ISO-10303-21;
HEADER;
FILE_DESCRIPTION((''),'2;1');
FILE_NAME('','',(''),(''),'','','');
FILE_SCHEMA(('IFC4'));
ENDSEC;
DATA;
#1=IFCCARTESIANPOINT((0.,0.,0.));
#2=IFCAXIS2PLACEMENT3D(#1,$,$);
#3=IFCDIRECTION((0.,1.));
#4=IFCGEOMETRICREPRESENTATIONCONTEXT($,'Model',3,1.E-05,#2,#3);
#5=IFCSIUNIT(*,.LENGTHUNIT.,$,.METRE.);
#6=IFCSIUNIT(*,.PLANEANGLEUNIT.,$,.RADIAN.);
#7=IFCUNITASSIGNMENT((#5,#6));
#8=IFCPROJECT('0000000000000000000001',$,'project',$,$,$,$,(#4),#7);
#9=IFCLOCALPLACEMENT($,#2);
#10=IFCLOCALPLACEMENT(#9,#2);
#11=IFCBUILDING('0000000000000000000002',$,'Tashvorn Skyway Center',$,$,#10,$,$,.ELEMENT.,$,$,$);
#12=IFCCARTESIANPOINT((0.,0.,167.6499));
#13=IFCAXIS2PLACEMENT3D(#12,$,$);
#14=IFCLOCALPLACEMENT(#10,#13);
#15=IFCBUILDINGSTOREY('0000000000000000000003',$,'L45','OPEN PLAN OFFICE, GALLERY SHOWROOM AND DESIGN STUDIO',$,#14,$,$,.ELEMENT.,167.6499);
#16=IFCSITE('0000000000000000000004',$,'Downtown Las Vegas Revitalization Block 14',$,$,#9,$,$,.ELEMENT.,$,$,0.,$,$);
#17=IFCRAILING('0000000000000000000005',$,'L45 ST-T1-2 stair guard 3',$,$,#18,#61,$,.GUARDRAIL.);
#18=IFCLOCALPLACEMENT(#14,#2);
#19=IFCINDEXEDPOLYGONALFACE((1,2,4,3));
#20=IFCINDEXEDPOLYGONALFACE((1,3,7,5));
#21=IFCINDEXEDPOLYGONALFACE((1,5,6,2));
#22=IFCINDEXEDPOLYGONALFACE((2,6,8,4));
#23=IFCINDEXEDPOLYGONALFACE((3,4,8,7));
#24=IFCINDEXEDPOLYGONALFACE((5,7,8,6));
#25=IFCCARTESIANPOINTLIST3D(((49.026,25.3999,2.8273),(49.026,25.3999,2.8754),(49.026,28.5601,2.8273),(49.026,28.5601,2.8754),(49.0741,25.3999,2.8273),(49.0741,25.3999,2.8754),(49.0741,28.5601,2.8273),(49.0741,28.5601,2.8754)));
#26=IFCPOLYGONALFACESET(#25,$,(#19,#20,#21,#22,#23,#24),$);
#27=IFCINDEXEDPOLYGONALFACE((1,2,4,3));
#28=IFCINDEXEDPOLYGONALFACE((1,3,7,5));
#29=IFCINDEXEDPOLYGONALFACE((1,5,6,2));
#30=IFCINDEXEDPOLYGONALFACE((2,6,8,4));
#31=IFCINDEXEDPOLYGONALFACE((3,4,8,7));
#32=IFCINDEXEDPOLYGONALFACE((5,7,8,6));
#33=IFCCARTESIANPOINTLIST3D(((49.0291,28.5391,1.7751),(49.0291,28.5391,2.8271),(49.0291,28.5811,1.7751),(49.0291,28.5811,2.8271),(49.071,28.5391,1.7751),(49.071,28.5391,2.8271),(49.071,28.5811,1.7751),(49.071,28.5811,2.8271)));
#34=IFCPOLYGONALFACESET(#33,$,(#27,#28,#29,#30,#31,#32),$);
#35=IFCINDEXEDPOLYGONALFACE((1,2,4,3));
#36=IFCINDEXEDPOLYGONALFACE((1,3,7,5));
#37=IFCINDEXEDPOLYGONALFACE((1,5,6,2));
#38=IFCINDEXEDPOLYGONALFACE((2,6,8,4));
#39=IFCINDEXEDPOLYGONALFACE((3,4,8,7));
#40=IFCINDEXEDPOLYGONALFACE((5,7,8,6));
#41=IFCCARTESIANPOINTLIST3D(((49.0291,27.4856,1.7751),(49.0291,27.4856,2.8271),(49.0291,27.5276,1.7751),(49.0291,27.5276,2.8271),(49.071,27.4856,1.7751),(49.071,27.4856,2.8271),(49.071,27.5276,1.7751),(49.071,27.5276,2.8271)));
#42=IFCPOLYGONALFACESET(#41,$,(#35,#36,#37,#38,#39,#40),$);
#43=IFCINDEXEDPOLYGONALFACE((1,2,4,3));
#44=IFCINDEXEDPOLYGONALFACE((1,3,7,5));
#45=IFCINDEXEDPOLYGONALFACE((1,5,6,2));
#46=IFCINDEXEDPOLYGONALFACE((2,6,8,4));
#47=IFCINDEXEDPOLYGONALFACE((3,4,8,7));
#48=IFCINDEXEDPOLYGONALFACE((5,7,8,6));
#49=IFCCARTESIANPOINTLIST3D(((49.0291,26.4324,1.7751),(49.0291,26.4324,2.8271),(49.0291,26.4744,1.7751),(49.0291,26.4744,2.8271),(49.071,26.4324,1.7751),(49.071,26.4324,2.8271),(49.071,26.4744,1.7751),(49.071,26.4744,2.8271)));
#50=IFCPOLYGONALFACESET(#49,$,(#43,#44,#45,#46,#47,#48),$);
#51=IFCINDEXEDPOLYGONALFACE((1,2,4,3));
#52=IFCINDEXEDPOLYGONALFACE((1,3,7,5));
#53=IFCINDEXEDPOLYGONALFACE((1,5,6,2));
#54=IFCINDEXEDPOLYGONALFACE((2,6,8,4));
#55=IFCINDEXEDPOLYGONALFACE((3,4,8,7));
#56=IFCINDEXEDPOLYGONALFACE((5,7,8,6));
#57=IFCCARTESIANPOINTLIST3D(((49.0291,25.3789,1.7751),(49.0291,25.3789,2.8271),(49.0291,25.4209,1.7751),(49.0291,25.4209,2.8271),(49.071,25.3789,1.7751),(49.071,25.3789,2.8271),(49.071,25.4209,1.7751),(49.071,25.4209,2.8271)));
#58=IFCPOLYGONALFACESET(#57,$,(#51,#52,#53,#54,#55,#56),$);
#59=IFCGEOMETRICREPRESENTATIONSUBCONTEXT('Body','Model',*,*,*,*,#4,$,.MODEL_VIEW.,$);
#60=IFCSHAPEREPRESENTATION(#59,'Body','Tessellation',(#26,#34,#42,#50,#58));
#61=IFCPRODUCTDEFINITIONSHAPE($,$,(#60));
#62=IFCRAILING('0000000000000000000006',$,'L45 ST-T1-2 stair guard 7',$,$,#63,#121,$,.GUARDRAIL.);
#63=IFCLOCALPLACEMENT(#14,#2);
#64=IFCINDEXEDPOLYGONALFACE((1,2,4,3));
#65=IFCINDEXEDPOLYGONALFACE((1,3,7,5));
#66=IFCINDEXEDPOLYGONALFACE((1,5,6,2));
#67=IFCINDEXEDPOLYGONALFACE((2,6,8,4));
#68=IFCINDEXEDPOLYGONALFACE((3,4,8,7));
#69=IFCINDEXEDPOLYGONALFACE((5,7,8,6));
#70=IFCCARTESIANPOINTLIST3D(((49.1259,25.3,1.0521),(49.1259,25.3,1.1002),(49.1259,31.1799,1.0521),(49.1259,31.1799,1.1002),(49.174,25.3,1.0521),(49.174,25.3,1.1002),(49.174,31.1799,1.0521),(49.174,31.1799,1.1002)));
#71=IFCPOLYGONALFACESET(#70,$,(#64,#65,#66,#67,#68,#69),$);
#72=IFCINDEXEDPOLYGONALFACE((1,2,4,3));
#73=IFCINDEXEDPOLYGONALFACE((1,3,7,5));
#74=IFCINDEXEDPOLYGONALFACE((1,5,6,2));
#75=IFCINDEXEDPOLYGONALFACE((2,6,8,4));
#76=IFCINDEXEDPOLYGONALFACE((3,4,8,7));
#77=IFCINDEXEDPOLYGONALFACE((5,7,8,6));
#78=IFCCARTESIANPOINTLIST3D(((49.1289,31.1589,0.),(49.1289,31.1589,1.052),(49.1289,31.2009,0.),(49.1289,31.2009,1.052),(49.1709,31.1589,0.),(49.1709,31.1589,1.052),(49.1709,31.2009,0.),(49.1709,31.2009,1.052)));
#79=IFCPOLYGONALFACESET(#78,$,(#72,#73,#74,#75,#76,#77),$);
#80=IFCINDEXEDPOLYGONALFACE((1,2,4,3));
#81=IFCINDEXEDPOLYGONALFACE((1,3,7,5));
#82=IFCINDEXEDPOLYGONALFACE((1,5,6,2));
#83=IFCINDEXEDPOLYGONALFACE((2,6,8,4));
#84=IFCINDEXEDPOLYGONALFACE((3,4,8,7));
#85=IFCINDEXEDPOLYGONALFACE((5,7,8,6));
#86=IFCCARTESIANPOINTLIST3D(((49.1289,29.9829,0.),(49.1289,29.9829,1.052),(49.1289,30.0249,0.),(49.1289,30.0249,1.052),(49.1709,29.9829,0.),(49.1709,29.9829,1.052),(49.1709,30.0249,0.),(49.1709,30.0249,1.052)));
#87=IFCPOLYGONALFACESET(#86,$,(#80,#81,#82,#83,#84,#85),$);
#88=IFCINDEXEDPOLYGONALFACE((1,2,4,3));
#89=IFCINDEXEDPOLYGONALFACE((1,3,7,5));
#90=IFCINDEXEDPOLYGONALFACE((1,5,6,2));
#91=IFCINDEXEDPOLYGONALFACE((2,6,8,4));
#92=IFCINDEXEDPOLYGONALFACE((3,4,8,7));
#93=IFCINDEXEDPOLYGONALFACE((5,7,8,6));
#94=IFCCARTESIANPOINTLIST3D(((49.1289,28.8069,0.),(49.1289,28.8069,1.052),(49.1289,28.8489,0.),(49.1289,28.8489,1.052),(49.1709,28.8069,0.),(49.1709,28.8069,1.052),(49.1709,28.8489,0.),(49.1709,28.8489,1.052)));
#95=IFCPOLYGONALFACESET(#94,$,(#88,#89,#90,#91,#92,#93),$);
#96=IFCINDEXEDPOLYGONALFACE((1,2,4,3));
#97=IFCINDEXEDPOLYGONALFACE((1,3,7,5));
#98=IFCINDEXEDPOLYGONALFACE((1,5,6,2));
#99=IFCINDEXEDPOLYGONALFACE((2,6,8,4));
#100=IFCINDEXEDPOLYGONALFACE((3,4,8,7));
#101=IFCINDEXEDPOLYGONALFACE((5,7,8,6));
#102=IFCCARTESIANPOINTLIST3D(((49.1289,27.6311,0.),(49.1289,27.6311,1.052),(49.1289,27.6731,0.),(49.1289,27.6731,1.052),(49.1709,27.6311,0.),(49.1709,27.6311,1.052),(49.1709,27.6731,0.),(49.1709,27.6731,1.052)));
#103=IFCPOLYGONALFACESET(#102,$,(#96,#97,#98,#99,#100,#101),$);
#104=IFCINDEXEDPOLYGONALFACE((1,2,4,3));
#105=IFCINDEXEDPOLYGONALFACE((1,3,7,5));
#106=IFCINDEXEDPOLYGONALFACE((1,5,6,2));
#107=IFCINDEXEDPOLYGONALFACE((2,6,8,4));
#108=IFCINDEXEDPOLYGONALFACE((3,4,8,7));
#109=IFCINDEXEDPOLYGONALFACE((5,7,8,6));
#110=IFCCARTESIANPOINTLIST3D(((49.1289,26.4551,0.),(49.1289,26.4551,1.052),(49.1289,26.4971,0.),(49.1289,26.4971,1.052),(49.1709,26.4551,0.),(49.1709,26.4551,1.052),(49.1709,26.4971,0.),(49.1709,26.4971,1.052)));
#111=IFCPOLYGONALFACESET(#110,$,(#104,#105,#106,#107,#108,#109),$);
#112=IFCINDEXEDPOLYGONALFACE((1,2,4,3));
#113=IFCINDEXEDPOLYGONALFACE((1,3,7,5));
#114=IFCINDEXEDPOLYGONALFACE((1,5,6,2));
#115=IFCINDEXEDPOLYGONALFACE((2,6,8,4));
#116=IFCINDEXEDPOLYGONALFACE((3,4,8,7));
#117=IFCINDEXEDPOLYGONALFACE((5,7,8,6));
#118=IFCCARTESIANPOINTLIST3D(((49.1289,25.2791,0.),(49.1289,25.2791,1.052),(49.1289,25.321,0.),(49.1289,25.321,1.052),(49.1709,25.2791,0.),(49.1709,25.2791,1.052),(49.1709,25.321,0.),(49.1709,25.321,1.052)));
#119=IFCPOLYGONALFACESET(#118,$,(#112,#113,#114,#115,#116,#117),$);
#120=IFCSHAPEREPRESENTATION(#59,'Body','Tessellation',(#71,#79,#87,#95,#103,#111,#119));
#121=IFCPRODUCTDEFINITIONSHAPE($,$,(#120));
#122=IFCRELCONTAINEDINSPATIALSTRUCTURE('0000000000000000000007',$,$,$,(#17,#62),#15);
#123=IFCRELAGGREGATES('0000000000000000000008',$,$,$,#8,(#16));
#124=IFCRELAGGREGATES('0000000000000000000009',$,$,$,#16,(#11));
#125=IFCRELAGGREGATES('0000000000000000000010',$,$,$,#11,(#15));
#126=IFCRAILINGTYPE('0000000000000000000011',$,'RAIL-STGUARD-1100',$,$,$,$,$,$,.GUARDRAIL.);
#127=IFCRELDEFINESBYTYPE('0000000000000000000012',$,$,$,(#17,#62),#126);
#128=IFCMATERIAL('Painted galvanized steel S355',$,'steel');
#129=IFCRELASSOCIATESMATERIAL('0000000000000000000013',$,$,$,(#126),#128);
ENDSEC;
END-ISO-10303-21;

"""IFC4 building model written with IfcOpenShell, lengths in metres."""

from ifc_helpers import new_model, si_unit, direction, frame, origin, origin_2d, place, context, subcontext, project, spatial, rectangle, extrude, material, type_object, element, save


model = new_model("IFC4")

# Units and contexts
model_context = context("Model", 3, precision=1e-05, world=origin(), true_north=direction((0.0, 1.0)))
body_context = subcontext(model_context, "Body", "Model", "MODEL_VIEW")
ifc_project = project(units=[si_unit("LENGTHUNIT", "METRE"), si_unit("PLANEANGLEUNIT", "RADIAN")], contexts=[model_context])

# Site, building, storey
site_placement = place(None, origin())
site = spatial("IfcSite", under=ifc_project, at=site_placement, Name="Downtown Las Vegas Revitalization Block 14", CompositionType="ELEMENT", RefElevation=0.0)
building_placement = place(site_placement, origin())
building = spatial("IfcBuilding", under=site, at=building_placement, Name="Tashvorn Skyway Center", CompositionType="ELEMENT")
storey_placement = place(building_placement, frame((0.0, 0.0, 167.6499)))
storey = spatial("IfcBuildingStorey", under=building, at=storey_placement, Name="L45", Description="OPEN PLAN OFFICE, GALLERY SHOWROOM AND DESIGN STUDIO", CompositionType="ELEMENT", Elevation=167.6499)

# Railings
ifc_material_1 = material(Name="Painted galvanized steel S355", Category="steel")
railing_type_1 = type_object("IfcRailingType", Name="RAIL-STGUARD-1100", PredefinedType="GUARDRAIL", material=ifc_material_1)
railing_1_placement = place(storey_placement, frame((49.05, 28.5601, 1.7751)))
element("IfcRailing", 1, at=railing_1_placement, inside=storey, type_object=railing_type_1, Name="L45 ST-T1-2 stair guard 3", PredefinedType="GUARDRAIL", context=body_context, shape_type="SweptSolid", body=[
    extrude(rectangle(XDim=0.0481, YDim=0.0481, at=origin_2d()), frame((0.0, 0.0, 1.0762), z_axis=(0.0, -1.0, 0.0), x_axis=(1.0, 0.0, 0.0)), (0.0, 0.0, 1.0), 3.1602),
    extrude(rectangle(XDim=0.042, YDim=0.042, at=origin_2d()), origin(), (0.0, 0.0, 1.0), 1.052),
    extrude(rectangle(XDim=0.042, YDim=0.042, at=origin_2d()), frame((0.0, -1.0535, 0.0)), (0.0, 0.0, 1.0), 1.052),
    extrude(rectangle(XDim=0.042, YDim=0.042, at=origin_2d()), frame((0.0, -2.1067, 0.0)), (0.0, 0.0, 1.0), 1.052),
    extrude(rectangle(XDim=0.042, YDim=0.042, at=origin_2d()), frame((0.0, -3.1602, 0.0)), (0.0, 0.0, 1.0), 1.052),
])
railing_2_placement = place(storey_placement, frame((49.1499, 31.1799, 0.0)))
element("IfcRailing", 2, at=railing_2_placement, inside=storey, type_object=railing_type_1, Name="L45 ST-T1-2 stair guard 7", PredefinedType="GUARDRAIL", context=body_context, shape_type="SweptSolid", body=[
    extrude(rectangle(XDim=0.0481, YDim=0.0481, at=origin_2d()), frame((0.0, 0.0, 1.0762), z_axis=(0.0, -1.0, 0.0), x_axis=(1.0, 0.0, 0.0)), (0.0, 0.0, 1.0), 5.8799),
    extrude(rectangle(XDim=0.042, YDim=0.042, at=origin_2d()), origin(), (0.0, 0.0, 1.0), 1.052),
    extrude(rectangle(XDim=0.042, YDim=0.042, at=origin_2d()), frame((0.0, -1.176, 0.0)), (0.0, 0.0, 1.0), 1.052),
    extrude(rectangle(XDim=0.042, YDim=0.042, at=origin_2d()), frame((0.0, -2.3521, 0.0)), (0.0, 0.0, 1.0), 1.052),
    extrude(rectangle(XDim=0.042, YDim=0.042, at=origin_2d()), frame((0.0, -3.5278, 0.0)), (0.0, 0.0, 1.0), 1.052),
    extrude(rectangle(XDim=0.042, YDim=0.042, at=origin_2d()), frame((0.0, -4.7039, 0.0)), (0.0, 0.0, 1.0), 1.052),
    extrude(rectangle(XDim=0.042, YDim=0.042, at=origin_2d()), frame((0.0, -5.8799, 0.0)), (0.0, 0.0, 1.0), 1.052),
])

save(model, "model.ifc")
